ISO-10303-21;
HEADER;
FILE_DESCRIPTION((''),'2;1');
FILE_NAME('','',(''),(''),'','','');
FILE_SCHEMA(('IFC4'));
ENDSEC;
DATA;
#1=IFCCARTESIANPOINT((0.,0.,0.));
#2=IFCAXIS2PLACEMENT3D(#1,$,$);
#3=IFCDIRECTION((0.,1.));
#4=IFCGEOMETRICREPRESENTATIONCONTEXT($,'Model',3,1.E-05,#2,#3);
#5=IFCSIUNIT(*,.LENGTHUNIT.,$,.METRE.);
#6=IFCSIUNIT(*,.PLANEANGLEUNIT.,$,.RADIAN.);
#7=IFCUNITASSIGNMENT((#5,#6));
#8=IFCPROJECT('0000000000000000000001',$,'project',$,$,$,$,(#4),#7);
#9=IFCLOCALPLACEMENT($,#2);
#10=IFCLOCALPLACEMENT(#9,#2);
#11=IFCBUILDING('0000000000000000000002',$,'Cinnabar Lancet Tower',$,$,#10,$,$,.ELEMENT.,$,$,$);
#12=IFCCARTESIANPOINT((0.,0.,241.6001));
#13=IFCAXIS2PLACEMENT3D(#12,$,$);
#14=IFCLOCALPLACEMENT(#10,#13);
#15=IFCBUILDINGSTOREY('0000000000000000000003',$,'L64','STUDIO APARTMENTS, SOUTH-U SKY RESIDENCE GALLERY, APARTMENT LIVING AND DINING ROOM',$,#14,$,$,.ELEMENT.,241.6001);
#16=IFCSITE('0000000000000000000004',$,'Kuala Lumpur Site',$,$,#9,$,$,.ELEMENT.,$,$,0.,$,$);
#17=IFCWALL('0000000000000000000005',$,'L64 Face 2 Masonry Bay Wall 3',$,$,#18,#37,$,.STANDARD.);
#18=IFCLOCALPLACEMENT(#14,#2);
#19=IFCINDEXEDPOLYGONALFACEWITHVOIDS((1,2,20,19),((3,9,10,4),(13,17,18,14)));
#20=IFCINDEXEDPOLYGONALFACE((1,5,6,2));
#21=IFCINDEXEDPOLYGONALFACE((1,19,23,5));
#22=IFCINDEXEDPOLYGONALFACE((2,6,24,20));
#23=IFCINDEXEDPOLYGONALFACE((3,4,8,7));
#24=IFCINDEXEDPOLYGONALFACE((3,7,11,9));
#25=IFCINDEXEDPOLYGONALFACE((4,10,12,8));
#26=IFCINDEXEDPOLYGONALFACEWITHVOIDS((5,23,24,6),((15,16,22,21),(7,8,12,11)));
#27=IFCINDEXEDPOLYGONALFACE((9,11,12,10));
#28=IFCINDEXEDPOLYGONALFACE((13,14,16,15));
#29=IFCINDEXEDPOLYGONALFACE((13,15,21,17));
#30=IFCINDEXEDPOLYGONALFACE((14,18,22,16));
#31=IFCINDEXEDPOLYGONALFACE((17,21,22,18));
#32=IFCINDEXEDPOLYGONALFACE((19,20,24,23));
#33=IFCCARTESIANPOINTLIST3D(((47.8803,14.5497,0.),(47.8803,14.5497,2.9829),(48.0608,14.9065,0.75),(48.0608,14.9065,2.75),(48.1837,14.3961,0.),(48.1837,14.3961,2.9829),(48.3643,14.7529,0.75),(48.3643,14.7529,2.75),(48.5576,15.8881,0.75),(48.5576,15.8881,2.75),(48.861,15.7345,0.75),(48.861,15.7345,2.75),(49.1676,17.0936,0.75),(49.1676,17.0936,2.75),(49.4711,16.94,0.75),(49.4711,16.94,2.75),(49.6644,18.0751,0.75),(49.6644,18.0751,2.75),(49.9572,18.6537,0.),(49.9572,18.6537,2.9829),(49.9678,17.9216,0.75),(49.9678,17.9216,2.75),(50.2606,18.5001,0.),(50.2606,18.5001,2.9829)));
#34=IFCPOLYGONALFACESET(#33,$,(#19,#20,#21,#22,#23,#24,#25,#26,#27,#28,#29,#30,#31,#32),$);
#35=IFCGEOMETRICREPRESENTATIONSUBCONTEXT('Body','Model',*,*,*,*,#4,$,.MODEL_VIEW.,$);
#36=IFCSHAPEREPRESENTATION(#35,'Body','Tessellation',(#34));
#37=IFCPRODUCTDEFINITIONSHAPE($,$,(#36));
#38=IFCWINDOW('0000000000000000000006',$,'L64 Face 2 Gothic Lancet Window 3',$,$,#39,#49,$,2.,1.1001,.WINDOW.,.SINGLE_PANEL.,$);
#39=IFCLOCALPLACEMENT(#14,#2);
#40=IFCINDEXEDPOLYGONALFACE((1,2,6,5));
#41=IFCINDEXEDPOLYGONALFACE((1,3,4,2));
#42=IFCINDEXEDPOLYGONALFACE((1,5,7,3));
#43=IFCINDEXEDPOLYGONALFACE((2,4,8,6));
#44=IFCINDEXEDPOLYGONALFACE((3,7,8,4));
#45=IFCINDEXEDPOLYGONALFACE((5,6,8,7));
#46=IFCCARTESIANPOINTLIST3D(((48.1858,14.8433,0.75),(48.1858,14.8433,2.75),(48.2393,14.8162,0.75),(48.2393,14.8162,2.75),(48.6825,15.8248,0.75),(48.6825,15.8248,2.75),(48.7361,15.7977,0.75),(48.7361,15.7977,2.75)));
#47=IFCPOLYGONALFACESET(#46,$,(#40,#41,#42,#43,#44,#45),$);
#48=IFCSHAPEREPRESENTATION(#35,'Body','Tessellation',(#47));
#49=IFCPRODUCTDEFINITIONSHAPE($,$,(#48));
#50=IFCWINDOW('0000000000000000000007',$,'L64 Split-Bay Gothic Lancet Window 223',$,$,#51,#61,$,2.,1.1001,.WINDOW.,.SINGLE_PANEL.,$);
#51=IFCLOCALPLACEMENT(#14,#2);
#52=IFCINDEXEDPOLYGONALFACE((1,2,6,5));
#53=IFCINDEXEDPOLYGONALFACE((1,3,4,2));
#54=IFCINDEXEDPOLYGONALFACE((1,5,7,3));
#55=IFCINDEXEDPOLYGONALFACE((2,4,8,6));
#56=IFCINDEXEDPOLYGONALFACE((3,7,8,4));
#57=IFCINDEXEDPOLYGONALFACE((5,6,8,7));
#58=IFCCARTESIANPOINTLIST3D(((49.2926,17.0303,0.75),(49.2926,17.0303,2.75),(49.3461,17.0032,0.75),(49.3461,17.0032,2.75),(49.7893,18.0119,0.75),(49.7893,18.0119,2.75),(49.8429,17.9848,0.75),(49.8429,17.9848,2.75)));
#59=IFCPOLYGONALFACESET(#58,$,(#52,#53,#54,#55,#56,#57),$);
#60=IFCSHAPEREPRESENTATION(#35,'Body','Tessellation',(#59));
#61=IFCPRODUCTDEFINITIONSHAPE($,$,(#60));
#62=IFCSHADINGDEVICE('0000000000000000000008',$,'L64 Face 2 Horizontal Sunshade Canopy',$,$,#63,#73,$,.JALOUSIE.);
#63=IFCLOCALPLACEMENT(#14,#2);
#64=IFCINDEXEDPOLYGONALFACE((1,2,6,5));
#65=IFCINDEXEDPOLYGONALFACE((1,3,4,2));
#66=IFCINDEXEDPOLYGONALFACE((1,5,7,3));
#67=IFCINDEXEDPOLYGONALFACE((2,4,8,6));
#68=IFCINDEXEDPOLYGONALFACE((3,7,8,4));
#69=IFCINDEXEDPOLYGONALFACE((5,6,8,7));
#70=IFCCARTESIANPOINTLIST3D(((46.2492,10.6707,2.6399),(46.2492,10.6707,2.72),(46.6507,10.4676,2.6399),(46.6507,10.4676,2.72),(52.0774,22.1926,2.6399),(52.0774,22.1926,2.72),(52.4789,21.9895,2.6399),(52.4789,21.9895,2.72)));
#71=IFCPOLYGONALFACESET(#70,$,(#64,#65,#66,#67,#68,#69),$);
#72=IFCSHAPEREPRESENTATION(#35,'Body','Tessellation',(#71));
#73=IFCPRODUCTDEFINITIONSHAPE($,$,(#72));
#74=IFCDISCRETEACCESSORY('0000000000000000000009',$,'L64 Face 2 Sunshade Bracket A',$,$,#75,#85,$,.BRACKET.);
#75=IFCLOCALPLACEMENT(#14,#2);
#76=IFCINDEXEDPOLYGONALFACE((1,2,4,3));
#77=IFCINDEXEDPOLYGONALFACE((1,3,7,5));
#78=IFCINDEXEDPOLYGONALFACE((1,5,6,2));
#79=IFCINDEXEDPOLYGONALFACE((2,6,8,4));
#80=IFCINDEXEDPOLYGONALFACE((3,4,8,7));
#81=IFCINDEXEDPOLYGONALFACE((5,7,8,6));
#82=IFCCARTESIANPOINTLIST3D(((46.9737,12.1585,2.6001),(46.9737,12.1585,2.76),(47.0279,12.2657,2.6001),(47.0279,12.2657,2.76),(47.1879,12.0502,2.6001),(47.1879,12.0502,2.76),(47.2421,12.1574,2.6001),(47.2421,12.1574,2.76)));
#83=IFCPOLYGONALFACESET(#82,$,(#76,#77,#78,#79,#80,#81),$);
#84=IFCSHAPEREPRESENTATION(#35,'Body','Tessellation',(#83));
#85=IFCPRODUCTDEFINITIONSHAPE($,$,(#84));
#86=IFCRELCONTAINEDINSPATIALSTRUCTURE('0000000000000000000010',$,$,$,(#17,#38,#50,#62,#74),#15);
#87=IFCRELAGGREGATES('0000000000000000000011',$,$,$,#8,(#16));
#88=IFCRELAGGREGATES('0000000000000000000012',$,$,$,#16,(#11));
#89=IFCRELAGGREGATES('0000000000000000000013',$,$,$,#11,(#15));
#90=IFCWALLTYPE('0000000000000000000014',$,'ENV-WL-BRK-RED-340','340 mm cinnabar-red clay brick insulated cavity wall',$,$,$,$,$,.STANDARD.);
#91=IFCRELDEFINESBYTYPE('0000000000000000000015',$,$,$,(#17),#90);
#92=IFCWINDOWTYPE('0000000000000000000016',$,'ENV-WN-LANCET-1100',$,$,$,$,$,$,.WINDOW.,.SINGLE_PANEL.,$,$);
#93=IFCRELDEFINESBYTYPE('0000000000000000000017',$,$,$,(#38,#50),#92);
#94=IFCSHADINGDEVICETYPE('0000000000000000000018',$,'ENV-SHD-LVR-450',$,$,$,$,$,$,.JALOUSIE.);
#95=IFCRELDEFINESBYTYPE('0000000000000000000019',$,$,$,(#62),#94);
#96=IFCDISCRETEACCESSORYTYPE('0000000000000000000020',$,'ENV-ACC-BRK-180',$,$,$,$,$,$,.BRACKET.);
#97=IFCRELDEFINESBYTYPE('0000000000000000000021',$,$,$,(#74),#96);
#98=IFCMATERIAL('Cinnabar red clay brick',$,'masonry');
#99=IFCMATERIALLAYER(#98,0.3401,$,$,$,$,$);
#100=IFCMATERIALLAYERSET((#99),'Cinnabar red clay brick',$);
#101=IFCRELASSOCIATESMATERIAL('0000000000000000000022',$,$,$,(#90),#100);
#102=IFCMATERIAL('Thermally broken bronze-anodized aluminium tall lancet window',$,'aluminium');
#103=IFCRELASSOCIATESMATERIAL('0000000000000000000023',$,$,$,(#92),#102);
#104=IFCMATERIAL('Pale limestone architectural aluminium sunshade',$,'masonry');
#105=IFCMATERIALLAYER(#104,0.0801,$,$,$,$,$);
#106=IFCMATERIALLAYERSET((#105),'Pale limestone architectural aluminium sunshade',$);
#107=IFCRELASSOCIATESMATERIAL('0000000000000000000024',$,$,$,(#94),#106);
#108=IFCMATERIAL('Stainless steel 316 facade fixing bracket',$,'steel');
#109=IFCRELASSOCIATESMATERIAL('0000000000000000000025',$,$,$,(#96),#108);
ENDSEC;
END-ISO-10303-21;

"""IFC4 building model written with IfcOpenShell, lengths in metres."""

from ifc_helpers import new_model, si_unit, direction, frame, frame_2d, origin, origin_2d, place, context, subcontext, project, spatial, rectangle, extrude, material, layer, layer_set, type_object, element, fill, save


model = new_model("IFC4")

# Units and contexts
model_context = context("Model", 3, precision=1e-05, world=origin(), true_north=direction((0.0, 1.0)))
body_context = subcontext(model_context, "Body", "Model", "MODEL_VIEW")
ifc_project = project(units=[si_unit("LENGTHUNIT", "METRE"), si_unit("PLANEANGLEUNIT", "RADIAN")], contexts=[model_context])

# Site, building, storey
site_placement = place(None, origin())
site = spatial("IfcSite", under=ifc_project, at=site_placement, Name="Kuala Lumpur Site", CompositionType="ELEMENT", RefElevation=0.0)
building_placement = place(site_placement, origin())
building = spatial("IfcBuilding", under=site, at=building_placement, Name="Cinnabar Lancet Tower", CompositionType="ELEMENT")
storey_placement = place(building_placement, frame((0.0, 0.0, 241.6001)))
storey = spatial("IfcBuildingStorey", under=building, at=storey_placement, Name="L64", Description="STUDIO APARTMENTS, SOUTH-U SKY RESIDENCE GALLERY, APARTMENT LIVING AND DINING ROOM", CompositionType="ELEMENT", Elevation=241.6001)

# Shared definitions
ifc_material_1 = material(Name="Cinnabar red clay brick", Category="masonry")
ifc_layer_1 = layer(ifc_material_1, 0.3401)
ifc_layer_set_1 = layer_set([ifc_layer_1], Name="Cinnabar red clay brick")
wall_type_1 = type_object("IfcWallType", Name="ENV-WL-BRK-RED-340", Description="340 mm cinnabar-red clay brick insulated cavity wall", PredefinedType="STANDARD", material=ifc_layer_set_1)

# Wall, openings, windows
wall_1_placement = place(storey_placement, frame((48.032, 14.4729, 0.0), z_axis=(0.0, 0.0, 1.0), x_axis=(0.45154, 0.892251, 0.0)))
wall_1 = element("IfcWall", 1, at=wall_1_placement, inside=storey, type_object=wall_type_1, Name="L64 Face 2 Masonry Bay Wall 3", PredefinedType="STANDARD", context=body_context, shape_type="SweptSolid", body=[
    extrude(rectangle(XDim=4.5996, YDim=0.3401, at=frame_2d((2.2998, 0.0))), origin(), (0.0, 0.0, 1.0), 2.9829),
])
opening_1_placement = place(wall_1_placement, frame((0.3999, 0.0, 0.75)))
opening_1 = element("IfcOpeningElement", 2, at=opening_1_placement, cuts=wall_1, PredefinedType="OPENING", context=body_context, shape_type="SweptSolid", body=[
    extrude(rectangle(XDim=1.1001, YDim=2.0, at=frame_2d((0.55, 1.0))), frame((0.0, 0.1799, 0.0), z_axis=(0.0, -1.0, 0.0), x_axis=(1.0, 0.0, 0.0)), (0.0, 0.0, 1.0), 0.3601),
])
opening_2_placement = place(wall_1_placement, frame((2.8511, 0.0, 0.75)))
opening_2 = element("IfcOpeningElement", 3, at=opening_2_placement, cuts=wall_1, PredefinedType="OPENING", context=body_context, shape_type="SweptSolid", body=[
    extrude(rectangle(XDim=1.1001, YDim=2.0, at=frame_2d((0.55, 1.0))), frame((0.0, 0.1799, 0.0), z_axis=(0.0, -1.0, 0.0), x_axis=(1.0, 0.0, 0.0)), (0.0, 0.0, 1.0), 0.3601),
])
ifc_material_2 = material(Name="Thermally broken bronze-anodized aluminium tall lancet window", Category="aluminium")
window_type_1 = type_object("IfcWindowType", Name="ENV-WN-LANCET-1100", PartitioningType="SINGLE_PANEL", PredefinedType="WINDOW", material=ifc_material_2)
window_1_placement = place(opening_1_placement, origin())
window_1 = element("IfcWindow", 4, at=window_1_placement, inside=storey, type_object=window_type_1, Name="L64 Face 2 Gothic Lancet Window 3", OverallHeight=2.0, OverallWidth=1.1001, PartitioningType="SINGLE_PANEL", PredefinedType="WINDOW", context=body_context, shape_type="SweptSolid", body=[
    extrude(rectangle(XDim=1.1001, YDim=2.0, at=frame_2d((0.55, 1.0))), frame((0.0, 0.03, 0.0), z_axis=(0.0, -1.0, 0.0), x_axis=(1.0, 0.0, 0.0)), (0.0, 0.0, 1.0), 0.0601),
])
fill(opening_1, window_1)
window_2_placement = place(opening_2_placement, origin())
window_2 = element("IfcWindow", 5, at=window_2_placement, inside=storey, type_object=window_type_1, Name="L64 Split-Bay Gothic Lancet Window 223", OverallHeight=2.0, OverallWidth=1.1001, PartitioningType="SINGLE_PANEL", PredefinedType="WINDOW", context=body_context, shape_type="SweptSolid", body=[
    extrude(rectangle(XDim=1.1001, YDim=2.0, at=frame_2d((0.55, 1.0))), frame((0.0, 0.03, 0.0), z_axis=(0.0, -1.0, 0.0), x_axis=(1.0, 0.0, 0.0)), (0.0, 0.0, 1.0), 0.0601),
])
fill(opening_2, window_2)

# Shading device
ifc_material_3 = material(Name="Pale limestone architectural aluminium sunshade", Category="masonry")
ifc_layer_2 = layer(ifc_material_3, 0.0801)
ifc_layer_set_2 = layer_set([ifc_layer_2], Name="Pale limestone architectural aluminium sunshade")
shading_device_type = type_object("IfcShadingDeviceType", Name="ENV-SHD-LVR-450", PredefinedType="JALOUSIE", material=ifc_layer_set_2)
shading_device_placement = place(storey_placement, frame((49.364, 16.3301, 2.6399), z_axis=(0.0, 0.0, 1.0), x_axis=(0.451376, 0.892334, 0.0)))
element("IfcShadingDevice", 6, at=shading_device_placement, inside=storey, type_object=shading_device_type, Name="L64 Face 2 Horizontal Sunshade Canopy", PredefinedType="JALOUSIE", context=body_context, shape_type="SweptSolid", body=[
    extrude(rectangle(XDim=12.9121, YDim=0.45, at=origin_2d()), origin(), (0.0, 0.0, 1.0), 0.0801),
])

# Discrete accessory
ifc_material_4 = material(Name="Stainless steel 316 facade fixing bracket", Category="steel")
discrete_accessory_type = type_object("IfcDiscreteAccessoryType", Name="ENV-ACC-BRK-180", PredefinedType="BRACKET", material=ifc_material_4)
discrete_accessory_placement = place(storey_placement, frame((47.1079, 12.158, 2.6001), z_axis=(0.0, 0.0, 1.0), x_axis=(0.451376, 0.892334, 0.0)))
element("IfcDiscreteAccessory", 7, at=discrete_accessory_placement, inside=storey, type_object=discrete_accessory_type, Name="L64 Face 2 Sunshade Bracket A", PredefinedType="BRACKET", context=body_context, shape_type="SweptSolid", body=[
    extrude(rectangle(XDim=0.1201, YDim=0.24, at=origin_2d()), origin(), (0.0, 0.0, 1.0), 0.1599),
])

save(model, "model.ifc")
